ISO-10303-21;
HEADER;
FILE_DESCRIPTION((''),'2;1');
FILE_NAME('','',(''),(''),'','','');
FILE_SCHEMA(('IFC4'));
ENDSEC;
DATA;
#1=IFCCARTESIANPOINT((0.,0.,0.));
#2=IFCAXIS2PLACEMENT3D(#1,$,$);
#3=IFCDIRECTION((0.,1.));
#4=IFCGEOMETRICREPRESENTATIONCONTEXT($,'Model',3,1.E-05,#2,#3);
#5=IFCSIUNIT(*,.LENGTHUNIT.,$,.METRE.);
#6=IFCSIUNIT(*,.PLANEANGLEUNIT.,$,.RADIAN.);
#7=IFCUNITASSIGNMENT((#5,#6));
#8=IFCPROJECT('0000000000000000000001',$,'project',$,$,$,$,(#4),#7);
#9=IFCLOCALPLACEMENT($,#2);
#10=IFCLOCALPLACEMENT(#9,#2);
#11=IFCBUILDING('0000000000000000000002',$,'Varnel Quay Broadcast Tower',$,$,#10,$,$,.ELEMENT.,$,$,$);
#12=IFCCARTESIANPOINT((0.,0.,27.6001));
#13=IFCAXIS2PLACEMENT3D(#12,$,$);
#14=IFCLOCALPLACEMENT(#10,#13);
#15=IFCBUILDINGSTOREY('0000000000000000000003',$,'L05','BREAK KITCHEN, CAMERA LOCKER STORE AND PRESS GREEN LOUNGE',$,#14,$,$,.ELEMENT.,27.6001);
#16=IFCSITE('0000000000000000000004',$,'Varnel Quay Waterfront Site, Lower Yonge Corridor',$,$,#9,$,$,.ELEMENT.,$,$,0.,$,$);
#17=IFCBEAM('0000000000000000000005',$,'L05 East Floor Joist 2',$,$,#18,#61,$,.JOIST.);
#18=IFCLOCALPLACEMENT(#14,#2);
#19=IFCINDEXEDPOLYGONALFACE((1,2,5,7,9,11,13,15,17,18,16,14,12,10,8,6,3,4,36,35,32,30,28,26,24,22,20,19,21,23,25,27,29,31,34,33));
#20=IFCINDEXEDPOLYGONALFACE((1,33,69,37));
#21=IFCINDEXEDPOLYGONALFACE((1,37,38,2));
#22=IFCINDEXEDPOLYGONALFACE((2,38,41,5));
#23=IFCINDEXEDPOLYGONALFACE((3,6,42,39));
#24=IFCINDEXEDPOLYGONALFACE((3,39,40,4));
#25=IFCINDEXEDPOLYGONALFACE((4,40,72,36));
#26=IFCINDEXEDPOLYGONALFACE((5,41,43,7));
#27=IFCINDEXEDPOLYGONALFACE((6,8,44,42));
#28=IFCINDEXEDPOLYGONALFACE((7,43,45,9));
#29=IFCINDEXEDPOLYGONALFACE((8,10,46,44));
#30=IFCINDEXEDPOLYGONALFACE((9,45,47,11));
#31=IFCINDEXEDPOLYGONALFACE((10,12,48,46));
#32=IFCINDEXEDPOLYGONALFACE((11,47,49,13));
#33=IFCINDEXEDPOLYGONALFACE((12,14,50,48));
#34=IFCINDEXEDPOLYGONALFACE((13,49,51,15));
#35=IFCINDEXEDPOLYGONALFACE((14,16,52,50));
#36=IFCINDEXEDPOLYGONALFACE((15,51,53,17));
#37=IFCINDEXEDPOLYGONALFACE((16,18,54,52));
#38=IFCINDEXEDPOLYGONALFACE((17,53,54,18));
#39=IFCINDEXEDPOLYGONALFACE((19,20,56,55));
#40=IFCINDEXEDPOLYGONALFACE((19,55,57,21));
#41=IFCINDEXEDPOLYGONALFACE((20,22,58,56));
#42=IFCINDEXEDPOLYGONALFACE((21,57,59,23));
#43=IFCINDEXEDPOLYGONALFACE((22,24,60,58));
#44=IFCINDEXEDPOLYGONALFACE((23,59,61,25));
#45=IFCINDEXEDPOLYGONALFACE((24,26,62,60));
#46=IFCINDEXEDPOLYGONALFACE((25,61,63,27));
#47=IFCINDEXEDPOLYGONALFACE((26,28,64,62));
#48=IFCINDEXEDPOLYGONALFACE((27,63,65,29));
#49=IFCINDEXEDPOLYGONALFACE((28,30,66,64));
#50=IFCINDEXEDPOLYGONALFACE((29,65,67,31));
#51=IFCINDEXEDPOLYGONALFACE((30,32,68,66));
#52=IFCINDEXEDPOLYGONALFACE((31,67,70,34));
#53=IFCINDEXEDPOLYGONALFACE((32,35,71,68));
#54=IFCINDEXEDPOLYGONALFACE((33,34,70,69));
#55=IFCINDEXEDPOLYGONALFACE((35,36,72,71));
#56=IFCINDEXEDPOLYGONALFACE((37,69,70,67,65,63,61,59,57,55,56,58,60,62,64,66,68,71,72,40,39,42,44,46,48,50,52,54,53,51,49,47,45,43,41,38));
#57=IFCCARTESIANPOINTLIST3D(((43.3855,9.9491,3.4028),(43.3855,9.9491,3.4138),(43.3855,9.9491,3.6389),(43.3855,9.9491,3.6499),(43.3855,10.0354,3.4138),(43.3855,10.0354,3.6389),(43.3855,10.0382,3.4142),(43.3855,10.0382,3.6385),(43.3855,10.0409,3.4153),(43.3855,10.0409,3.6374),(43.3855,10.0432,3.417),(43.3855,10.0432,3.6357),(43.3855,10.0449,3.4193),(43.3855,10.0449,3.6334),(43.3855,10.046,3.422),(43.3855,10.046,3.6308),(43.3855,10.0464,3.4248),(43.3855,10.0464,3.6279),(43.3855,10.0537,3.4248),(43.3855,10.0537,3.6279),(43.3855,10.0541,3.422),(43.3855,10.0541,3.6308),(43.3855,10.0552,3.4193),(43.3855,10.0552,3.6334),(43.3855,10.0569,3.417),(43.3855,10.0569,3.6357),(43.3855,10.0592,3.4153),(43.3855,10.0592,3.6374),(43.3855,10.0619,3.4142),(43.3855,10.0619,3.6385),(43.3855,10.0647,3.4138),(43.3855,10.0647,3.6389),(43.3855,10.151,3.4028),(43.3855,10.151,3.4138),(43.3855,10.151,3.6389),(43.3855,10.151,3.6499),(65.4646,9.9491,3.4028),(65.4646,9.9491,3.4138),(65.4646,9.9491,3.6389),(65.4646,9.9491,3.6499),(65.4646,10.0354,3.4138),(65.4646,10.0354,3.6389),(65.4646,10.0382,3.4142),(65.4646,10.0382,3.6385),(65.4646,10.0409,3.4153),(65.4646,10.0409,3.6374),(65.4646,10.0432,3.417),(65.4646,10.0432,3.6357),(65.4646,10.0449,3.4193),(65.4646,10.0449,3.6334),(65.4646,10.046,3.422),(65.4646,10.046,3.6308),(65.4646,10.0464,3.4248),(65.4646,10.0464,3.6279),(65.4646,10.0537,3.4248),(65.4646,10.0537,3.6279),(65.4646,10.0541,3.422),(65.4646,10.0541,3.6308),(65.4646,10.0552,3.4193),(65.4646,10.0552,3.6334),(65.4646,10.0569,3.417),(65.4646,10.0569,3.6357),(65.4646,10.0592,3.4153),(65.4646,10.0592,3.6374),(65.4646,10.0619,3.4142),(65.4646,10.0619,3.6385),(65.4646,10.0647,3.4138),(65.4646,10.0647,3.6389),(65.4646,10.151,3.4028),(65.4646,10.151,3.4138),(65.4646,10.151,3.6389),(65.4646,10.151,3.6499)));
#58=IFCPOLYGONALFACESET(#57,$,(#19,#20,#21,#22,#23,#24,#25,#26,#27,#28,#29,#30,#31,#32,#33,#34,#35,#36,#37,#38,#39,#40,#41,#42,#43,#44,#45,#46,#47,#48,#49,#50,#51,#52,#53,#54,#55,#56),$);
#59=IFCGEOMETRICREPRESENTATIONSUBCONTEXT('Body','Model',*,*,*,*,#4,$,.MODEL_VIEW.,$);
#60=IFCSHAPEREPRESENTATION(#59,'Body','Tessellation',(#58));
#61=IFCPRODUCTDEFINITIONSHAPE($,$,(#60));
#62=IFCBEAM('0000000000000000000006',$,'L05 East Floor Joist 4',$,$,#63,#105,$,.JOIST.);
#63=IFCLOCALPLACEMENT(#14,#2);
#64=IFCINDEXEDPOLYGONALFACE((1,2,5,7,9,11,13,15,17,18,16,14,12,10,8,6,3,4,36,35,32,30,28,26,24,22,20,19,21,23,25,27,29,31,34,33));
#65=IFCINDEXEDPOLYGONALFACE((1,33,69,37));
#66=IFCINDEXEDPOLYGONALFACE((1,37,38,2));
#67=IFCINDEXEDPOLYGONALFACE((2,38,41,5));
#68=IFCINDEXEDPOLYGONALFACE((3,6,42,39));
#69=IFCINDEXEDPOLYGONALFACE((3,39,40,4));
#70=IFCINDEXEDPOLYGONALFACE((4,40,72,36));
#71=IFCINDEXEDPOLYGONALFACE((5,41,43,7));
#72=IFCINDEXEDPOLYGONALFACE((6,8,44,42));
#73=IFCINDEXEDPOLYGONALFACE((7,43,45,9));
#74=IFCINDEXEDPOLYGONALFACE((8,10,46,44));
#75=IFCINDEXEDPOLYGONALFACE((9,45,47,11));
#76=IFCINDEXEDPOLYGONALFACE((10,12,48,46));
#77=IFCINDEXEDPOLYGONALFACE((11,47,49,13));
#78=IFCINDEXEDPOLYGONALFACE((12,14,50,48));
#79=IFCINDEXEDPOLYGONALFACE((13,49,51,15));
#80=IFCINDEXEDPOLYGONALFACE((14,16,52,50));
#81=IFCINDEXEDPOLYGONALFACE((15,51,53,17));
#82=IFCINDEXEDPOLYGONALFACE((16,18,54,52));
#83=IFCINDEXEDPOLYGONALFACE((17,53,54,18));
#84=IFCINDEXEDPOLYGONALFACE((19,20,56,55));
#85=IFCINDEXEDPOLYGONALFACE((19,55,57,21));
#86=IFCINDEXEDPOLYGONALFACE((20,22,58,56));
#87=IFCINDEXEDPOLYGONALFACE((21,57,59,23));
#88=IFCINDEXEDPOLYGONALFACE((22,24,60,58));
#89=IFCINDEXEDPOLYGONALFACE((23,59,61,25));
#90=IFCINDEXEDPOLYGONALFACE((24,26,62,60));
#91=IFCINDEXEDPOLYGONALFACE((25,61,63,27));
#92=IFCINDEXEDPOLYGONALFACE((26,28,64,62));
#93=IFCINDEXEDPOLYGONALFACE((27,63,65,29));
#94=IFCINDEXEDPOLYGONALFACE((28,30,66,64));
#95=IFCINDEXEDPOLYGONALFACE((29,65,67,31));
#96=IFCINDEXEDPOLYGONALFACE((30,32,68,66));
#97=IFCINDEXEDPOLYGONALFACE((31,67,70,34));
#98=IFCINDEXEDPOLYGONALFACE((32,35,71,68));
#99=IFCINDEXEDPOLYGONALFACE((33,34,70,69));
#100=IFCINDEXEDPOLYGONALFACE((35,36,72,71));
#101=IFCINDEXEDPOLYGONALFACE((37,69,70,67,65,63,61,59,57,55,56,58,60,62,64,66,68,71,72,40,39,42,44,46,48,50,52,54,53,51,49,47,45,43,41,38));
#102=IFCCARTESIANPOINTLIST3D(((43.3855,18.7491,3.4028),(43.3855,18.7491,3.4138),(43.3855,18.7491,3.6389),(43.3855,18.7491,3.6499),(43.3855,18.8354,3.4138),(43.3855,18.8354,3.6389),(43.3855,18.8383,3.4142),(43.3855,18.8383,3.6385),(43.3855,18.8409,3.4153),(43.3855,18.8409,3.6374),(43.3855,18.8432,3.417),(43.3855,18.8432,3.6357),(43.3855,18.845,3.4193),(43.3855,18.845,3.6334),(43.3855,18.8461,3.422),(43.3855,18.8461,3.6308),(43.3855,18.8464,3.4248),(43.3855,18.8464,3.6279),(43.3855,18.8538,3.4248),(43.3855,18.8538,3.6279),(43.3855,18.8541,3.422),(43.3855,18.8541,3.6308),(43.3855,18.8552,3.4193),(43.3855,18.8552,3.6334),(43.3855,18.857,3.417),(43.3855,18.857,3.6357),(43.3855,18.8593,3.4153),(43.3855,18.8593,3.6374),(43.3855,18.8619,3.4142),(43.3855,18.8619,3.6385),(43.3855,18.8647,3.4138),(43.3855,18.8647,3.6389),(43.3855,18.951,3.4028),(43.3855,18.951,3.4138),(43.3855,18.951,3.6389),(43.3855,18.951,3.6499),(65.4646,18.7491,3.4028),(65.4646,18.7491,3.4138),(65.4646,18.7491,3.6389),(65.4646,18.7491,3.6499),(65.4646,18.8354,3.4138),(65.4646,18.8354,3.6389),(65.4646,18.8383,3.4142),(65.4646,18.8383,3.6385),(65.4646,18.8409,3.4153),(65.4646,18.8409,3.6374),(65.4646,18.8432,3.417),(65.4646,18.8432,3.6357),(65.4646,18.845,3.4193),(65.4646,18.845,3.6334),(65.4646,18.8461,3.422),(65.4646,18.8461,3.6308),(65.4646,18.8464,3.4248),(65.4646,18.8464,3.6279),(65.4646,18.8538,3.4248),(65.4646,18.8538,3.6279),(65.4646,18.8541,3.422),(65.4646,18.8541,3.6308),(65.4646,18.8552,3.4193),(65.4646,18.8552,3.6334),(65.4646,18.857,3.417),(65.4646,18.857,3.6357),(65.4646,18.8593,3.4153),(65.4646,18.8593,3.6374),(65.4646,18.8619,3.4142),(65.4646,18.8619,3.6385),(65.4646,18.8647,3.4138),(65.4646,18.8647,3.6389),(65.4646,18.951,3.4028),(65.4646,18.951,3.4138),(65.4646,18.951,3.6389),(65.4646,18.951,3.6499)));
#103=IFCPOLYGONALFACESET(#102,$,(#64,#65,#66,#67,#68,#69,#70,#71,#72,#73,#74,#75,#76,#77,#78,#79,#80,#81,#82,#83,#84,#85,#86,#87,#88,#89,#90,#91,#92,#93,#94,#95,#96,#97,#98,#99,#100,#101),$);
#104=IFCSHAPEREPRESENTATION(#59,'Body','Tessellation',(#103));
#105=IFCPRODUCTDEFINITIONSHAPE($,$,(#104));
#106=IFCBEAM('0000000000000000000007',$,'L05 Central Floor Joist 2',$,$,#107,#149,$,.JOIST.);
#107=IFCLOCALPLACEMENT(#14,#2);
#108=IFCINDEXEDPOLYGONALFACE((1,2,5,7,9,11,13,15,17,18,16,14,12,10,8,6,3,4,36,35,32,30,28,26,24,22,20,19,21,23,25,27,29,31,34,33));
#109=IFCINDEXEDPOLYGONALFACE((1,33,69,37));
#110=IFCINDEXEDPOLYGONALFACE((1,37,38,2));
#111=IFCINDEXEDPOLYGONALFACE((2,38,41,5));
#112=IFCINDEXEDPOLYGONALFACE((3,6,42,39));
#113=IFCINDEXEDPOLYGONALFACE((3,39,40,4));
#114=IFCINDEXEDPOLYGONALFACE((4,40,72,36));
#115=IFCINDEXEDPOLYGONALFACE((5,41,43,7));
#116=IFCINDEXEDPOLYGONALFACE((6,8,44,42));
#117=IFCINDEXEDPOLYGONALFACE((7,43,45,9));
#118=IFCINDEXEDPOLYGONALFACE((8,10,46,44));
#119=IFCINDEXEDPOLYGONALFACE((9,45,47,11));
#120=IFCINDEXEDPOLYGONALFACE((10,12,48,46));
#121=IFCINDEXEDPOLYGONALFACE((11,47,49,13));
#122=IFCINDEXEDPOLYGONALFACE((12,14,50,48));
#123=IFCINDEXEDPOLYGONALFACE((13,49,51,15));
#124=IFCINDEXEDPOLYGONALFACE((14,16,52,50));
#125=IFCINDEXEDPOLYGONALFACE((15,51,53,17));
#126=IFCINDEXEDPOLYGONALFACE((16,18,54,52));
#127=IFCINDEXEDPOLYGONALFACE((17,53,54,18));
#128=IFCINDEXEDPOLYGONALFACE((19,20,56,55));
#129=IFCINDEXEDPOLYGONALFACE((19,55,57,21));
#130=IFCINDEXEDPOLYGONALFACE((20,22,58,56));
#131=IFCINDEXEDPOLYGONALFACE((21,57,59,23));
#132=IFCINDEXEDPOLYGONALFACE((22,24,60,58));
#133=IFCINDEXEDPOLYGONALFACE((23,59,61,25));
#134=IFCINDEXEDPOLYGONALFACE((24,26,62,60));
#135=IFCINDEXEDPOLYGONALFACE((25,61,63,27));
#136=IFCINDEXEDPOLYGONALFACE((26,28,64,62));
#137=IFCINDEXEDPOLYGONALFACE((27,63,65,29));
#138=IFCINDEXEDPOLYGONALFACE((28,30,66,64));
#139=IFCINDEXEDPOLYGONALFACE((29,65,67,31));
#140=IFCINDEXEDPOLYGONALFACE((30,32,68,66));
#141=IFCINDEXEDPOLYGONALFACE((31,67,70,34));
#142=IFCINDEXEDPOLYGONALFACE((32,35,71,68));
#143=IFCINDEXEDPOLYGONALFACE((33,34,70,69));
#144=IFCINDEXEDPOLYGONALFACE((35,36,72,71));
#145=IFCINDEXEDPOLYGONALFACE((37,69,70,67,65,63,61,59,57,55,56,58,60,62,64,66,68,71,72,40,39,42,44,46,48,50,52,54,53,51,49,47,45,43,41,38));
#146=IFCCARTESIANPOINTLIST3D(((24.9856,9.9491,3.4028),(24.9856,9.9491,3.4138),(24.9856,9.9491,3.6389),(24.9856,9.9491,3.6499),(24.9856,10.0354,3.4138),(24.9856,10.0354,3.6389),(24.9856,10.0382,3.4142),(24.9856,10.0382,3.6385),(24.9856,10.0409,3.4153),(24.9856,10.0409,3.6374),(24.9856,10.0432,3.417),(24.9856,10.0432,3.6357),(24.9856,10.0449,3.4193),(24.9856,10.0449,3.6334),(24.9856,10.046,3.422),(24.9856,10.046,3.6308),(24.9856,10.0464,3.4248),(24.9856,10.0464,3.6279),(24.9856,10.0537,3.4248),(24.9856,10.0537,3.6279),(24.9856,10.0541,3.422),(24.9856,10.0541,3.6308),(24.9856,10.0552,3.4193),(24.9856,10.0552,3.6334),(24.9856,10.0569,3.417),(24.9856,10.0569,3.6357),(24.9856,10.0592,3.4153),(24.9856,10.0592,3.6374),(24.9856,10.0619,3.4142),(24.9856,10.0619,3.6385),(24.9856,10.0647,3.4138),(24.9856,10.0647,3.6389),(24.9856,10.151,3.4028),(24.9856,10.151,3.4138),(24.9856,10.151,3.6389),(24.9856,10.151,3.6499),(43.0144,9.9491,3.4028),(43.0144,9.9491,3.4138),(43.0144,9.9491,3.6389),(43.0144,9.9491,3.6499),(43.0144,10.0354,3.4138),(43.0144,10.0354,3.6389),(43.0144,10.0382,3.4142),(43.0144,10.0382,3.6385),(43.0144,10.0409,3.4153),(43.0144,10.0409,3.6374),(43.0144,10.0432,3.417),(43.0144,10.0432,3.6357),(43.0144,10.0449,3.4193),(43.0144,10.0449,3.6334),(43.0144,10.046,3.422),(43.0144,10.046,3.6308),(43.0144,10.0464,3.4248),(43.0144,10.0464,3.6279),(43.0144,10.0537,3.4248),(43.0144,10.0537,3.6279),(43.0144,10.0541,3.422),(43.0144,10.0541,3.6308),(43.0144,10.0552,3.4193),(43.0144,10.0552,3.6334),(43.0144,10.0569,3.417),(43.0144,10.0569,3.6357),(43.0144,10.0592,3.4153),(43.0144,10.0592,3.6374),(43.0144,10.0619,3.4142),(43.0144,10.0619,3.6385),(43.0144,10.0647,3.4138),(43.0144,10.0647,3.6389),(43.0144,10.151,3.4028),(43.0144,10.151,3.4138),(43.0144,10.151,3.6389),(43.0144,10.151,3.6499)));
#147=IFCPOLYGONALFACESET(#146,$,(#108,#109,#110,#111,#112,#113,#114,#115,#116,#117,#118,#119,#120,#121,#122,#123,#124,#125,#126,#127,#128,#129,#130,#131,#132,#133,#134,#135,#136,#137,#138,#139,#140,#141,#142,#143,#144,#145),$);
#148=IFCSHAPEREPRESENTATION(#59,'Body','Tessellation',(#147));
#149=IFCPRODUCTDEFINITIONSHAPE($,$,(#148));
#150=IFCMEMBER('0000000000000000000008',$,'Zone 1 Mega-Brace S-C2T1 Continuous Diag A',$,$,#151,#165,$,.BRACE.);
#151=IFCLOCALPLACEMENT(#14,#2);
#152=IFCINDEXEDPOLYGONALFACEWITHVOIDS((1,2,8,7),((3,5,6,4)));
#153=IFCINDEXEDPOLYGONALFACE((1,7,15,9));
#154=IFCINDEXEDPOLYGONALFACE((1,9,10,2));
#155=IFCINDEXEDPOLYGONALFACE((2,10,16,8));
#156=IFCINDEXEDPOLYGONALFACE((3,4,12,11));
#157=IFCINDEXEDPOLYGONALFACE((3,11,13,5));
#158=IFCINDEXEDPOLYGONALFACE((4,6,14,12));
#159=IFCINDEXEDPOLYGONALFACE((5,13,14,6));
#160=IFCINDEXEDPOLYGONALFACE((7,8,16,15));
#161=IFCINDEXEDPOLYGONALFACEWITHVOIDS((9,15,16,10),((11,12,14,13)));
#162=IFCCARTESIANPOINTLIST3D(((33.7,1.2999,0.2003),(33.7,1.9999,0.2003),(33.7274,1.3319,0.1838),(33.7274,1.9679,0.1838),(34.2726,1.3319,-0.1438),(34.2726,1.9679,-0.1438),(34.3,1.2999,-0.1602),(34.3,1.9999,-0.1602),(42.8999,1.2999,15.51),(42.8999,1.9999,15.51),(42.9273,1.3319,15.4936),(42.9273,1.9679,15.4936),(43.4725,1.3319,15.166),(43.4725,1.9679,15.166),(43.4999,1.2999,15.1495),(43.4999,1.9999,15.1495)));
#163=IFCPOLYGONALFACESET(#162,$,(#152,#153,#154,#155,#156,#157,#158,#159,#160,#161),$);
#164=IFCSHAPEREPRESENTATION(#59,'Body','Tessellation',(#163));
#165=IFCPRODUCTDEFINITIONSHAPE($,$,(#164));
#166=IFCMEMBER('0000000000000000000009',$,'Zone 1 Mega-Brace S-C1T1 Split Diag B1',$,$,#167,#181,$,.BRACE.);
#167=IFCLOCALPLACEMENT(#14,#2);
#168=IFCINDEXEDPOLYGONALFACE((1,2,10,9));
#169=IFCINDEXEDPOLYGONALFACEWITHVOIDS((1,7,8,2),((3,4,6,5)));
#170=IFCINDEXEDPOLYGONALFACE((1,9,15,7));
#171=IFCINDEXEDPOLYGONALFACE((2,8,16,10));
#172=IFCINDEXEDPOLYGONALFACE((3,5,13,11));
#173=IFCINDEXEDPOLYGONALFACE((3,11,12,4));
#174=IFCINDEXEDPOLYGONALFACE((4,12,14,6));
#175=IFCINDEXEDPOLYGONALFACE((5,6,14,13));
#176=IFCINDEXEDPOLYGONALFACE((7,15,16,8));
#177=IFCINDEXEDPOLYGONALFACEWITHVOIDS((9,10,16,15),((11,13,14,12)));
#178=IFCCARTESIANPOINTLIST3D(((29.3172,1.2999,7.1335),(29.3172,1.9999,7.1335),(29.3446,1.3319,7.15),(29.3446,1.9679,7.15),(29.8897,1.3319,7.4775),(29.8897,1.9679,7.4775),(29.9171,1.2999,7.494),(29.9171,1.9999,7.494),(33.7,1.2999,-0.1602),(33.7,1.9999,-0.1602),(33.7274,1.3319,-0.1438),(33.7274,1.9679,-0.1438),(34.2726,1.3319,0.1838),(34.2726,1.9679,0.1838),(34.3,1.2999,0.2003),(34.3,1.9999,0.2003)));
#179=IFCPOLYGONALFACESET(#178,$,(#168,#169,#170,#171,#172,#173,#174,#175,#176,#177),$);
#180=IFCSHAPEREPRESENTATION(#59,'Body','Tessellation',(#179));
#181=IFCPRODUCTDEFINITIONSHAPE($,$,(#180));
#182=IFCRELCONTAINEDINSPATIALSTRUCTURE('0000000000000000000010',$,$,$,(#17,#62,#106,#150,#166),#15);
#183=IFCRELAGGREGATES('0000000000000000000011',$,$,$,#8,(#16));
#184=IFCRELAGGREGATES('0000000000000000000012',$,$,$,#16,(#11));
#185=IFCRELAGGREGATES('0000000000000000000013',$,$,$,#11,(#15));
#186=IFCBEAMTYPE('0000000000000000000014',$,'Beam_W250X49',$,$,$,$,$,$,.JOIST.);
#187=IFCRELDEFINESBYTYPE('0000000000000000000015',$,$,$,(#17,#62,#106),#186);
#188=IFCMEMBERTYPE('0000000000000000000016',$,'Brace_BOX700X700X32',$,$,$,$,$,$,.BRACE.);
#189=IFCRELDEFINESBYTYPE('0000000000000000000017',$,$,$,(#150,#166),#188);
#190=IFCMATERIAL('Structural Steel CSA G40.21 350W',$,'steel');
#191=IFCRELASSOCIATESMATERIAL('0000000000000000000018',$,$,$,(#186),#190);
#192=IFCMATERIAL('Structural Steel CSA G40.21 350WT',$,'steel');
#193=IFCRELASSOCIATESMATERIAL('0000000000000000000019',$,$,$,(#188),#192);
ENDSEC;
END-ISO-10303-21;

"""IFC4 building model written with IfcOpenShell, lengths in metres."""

from ifc_helpers import new_model, si_unit, direction, frame, origin, origin_2d, place, context, subcontext, project, spatial, hollow_rectangle, i_section, extrude, source, transform, mapped, material, material_profile, profile_set, type_object, type_shapes, element, save


model = new_model("IFC4")

# Units and contexts
model_context = context("Model", 3, precision=1e-05, world=origin(), true_north=direction((0.0, 1.0)))
body_context = subcontext(model_context, "Body", "Model", "MODEL_VIEW")
ifc_project = project(units=[si_unit("LENGTHUNIT", "METRE"), si_unit("PLANEANGLEUNIT", "RADIAN")], contexts=[model_context])

# Site, building, storey
site_placement = place(None, origin())
site = spatial("IfcSite", under=ifc_project, at=site_placement, Name="Varnel Quay Waterfront Site, Lower Yonge Corridor", CompositionType="ELEMENT", RefElevation=0.0)
building_placement = place(site_placement, origin())
building = spatial("IfcBuilding", under=site, at=building_placement, Name="Varnel Quay Broadcast Tower", CompositionType="ELEMENT")
storey_placement = place(building_placement, frame((0.0, 0.0, 27.6001)))
storey = spatial("IfcBuildingStorey", under=building, at=storey_placement, Name="L05", Description="BREAK KITCHEN, CAMERA LOCKER STORE AND PRESS GREEN LOUNGE", CompositionType="ELEMENT", Elevation=27.6001)

# Shared definitions
ifc_material_1 = material(Name="Structural Steel CSA G40.21 350W", Category="steel")

# Beams
ifc_material_profile_1 = material_profile(ifc_material_1, i_section(OverallWidth=0.2019, OverallDepth=0.2471, WebThickness=0.0073, FlangeThickness=0.011, FilletRadius=0.011, at=origin_2d()), Name="W250X49")
ifc_profile_set_1 = profile_set([ifc_material_profile_1], Name="Structural Steel CSA G40.21 350W")
beam_type_1 = type_object("IfcBeamType", Name="Beam_W250X49", PredefinedType="JOIST", material=ifc_profile_set_1)
shared_shape_1 = source(origin(), body_context, "Body", "SweptSolid", [
    extrude(i_section(OverallWidth=0.2019, OverallDepth=0.2471, WebThickness=0.0073, FlangeThickness=0.011, FilletRadius=0.011, at=origin_2d()), origin(), (0.0, 0.0, 1.0), 22.0791),
])
for number, where, z_axis, x_axis, name in (
    (1, (43.3855, 10.05, 3.5264), (1.0, 0.0, 0.0), (0.0, 1.0, 0.0), "L05 East Floor Joist 2"),
    (2, (43.3855, 18.8501, 3.5264), (1.0, 0.0, 0.0), (0.0, 1.0, 0.0), "L05 East Floor Joist 4"),
):
    element("IfcBeam", number, at=place(storey_placement, frame(where, z_axis=z_axis, x_axis=x_axis)), inside=storey, type_object=beam_type_1, Name=name, PredefinedType="JOIST", context=body_context, shape_type="MappedRepresentation", body=[
        mapped(shared_shape_1, transform((0.0, 0.0, 0.0), x_axis=(1.0, 0.0, 0.0), y_axis=(0.0, 1.0, 0.0), z_axis=(0.0, 0.0, 1.0), scale=1.0)),
    ])
shared_shape_2 = source(origin(), body_context, "Body", "SweptSolid", [
    extrude(i_section(OverallWidth=0.2019, OverallDepth=0.2471, WebThickness=0.0073, FlangeThickness=0.011, FilletRadius=0.011, at=origin_2d()), origin(), (0.0, 0.0, 1.0), 18.0288),
])
type_shapes(beam_type_1, [shared_shape_1, shared_shape_2])
beam_1_placement = place(storey_placement, frame((24.9856, 10.05, 3.5264), z_axis=(1.0, 0.0, 0.0), x_axis=(0.0, 1.0, 0.0)))
element("IfcBeam", 3, at=beam_1_placement, inside=storey, type_object=beam_type_1, Name="L05 Central Floor Joist 2", PredefinedType="JOIST", context=body_context, shape_type="MappedRepresentation", body=[
    mapped(shared_shape_2, transform((0.0, 0.0, 0.0), x_axis=(1.0, 0.0, 0.0), y_axis=(0.0, 1.0, 0.0), z_axis=(0.0, 0.0, 1.0), scale=1.0)),
])

# Members
ifc_material_2 = material(Name="Structural Steel CSA G40.21 350WT", Category="steel")
ifc_material_profile_2 = material_profile(ifc_material_2, hollow_rectangle(XDim=0.7, YDim=0.7, WallThickness=0.032, at=origin_2d()), Name="BOX700X700X32")
ifc_profile_set_2 = profile_set([ifc_material_profile_2], Name="Structural Steel CSA G40.21 350WT")
member_type_1 = type_object("IfcMemberType", Name="Brace_BOX700X700X32", PredefinedType="BRACE", material=ifc_profile_set_2)
shared_shape_3 = source(origin(), body_context, "Body", "SweptSolid", [
    extrude(hollow_rectangle(XDim=0.7, YDim=0.7, WallThickness=0.032, at=origin_2d()), origin(), (0.0, 0.0, 1.0), 17.8613),
])
member_1_placement = place(storey_placement, frame((34.0, 1.6499, 0.02), z_axis=(0.515075, 0.0, 0.857145), x_axis=(0.0, 1.0, 0.0)))
element("IfcMember", 4, at=member_1_placement, inside=storey, type_object=member_type_1, Name="Zone 1 Mega-Brace S-C2T1 Continuous Diag A", PredefinedType="BRACE", context=body_context, shape_type="MappedRepresentation", body=[
    mapped(shared_shape_3, transform((0.0, 0.0, 0.0), x_axis=(1.0, 0.0, 0.0), y_axis=(0.0, 1.0, 0.0), z_axis=(0.0, 0.0, 1.0), scale=1.0)),
])
shared_shape_4 = source(origin(), body_context, "Body", "SweptSolid", [
    extrude(hollow_rectangle(XDim=0.7, YDim=0.7, WallThickness=0.032, at=origin_2d()), origin(), (0.0, 0.0, 1.0), 8.5093),
])
type_shapes(member_type_1, [shared_shape_3, shared_shape_4])
for number, where, z_axis, x_axis, name in (
    (5, (34.0, 1.6499, 0.02), (-0.515065, 0.0, 0.857151), (0.0, -1.0, 0.0), "Zone 1 Mega-Brace S-C1T1 Split Diag B1"),
):
    element("IfcMember", number, at=place(storey_placement, frame(where, z_axis=z_axis, x_axis=x_axis)), inside=storey, type_object=member_type_1, Name=name, PredefinedType="BRACE", context=body_context, shape_type="MappedRepresentation", body=[
        mapped(shared_shape_4, transform((0.0, 0.0, 0.0), x_axis=(1.0, 0.0, 0.0), y_axis=(0.0, 1.0, 0.0), z_axis=(0.0, 0.0, 1.0), scale=1.0)),
    ])

save(model, "model.ifc")
